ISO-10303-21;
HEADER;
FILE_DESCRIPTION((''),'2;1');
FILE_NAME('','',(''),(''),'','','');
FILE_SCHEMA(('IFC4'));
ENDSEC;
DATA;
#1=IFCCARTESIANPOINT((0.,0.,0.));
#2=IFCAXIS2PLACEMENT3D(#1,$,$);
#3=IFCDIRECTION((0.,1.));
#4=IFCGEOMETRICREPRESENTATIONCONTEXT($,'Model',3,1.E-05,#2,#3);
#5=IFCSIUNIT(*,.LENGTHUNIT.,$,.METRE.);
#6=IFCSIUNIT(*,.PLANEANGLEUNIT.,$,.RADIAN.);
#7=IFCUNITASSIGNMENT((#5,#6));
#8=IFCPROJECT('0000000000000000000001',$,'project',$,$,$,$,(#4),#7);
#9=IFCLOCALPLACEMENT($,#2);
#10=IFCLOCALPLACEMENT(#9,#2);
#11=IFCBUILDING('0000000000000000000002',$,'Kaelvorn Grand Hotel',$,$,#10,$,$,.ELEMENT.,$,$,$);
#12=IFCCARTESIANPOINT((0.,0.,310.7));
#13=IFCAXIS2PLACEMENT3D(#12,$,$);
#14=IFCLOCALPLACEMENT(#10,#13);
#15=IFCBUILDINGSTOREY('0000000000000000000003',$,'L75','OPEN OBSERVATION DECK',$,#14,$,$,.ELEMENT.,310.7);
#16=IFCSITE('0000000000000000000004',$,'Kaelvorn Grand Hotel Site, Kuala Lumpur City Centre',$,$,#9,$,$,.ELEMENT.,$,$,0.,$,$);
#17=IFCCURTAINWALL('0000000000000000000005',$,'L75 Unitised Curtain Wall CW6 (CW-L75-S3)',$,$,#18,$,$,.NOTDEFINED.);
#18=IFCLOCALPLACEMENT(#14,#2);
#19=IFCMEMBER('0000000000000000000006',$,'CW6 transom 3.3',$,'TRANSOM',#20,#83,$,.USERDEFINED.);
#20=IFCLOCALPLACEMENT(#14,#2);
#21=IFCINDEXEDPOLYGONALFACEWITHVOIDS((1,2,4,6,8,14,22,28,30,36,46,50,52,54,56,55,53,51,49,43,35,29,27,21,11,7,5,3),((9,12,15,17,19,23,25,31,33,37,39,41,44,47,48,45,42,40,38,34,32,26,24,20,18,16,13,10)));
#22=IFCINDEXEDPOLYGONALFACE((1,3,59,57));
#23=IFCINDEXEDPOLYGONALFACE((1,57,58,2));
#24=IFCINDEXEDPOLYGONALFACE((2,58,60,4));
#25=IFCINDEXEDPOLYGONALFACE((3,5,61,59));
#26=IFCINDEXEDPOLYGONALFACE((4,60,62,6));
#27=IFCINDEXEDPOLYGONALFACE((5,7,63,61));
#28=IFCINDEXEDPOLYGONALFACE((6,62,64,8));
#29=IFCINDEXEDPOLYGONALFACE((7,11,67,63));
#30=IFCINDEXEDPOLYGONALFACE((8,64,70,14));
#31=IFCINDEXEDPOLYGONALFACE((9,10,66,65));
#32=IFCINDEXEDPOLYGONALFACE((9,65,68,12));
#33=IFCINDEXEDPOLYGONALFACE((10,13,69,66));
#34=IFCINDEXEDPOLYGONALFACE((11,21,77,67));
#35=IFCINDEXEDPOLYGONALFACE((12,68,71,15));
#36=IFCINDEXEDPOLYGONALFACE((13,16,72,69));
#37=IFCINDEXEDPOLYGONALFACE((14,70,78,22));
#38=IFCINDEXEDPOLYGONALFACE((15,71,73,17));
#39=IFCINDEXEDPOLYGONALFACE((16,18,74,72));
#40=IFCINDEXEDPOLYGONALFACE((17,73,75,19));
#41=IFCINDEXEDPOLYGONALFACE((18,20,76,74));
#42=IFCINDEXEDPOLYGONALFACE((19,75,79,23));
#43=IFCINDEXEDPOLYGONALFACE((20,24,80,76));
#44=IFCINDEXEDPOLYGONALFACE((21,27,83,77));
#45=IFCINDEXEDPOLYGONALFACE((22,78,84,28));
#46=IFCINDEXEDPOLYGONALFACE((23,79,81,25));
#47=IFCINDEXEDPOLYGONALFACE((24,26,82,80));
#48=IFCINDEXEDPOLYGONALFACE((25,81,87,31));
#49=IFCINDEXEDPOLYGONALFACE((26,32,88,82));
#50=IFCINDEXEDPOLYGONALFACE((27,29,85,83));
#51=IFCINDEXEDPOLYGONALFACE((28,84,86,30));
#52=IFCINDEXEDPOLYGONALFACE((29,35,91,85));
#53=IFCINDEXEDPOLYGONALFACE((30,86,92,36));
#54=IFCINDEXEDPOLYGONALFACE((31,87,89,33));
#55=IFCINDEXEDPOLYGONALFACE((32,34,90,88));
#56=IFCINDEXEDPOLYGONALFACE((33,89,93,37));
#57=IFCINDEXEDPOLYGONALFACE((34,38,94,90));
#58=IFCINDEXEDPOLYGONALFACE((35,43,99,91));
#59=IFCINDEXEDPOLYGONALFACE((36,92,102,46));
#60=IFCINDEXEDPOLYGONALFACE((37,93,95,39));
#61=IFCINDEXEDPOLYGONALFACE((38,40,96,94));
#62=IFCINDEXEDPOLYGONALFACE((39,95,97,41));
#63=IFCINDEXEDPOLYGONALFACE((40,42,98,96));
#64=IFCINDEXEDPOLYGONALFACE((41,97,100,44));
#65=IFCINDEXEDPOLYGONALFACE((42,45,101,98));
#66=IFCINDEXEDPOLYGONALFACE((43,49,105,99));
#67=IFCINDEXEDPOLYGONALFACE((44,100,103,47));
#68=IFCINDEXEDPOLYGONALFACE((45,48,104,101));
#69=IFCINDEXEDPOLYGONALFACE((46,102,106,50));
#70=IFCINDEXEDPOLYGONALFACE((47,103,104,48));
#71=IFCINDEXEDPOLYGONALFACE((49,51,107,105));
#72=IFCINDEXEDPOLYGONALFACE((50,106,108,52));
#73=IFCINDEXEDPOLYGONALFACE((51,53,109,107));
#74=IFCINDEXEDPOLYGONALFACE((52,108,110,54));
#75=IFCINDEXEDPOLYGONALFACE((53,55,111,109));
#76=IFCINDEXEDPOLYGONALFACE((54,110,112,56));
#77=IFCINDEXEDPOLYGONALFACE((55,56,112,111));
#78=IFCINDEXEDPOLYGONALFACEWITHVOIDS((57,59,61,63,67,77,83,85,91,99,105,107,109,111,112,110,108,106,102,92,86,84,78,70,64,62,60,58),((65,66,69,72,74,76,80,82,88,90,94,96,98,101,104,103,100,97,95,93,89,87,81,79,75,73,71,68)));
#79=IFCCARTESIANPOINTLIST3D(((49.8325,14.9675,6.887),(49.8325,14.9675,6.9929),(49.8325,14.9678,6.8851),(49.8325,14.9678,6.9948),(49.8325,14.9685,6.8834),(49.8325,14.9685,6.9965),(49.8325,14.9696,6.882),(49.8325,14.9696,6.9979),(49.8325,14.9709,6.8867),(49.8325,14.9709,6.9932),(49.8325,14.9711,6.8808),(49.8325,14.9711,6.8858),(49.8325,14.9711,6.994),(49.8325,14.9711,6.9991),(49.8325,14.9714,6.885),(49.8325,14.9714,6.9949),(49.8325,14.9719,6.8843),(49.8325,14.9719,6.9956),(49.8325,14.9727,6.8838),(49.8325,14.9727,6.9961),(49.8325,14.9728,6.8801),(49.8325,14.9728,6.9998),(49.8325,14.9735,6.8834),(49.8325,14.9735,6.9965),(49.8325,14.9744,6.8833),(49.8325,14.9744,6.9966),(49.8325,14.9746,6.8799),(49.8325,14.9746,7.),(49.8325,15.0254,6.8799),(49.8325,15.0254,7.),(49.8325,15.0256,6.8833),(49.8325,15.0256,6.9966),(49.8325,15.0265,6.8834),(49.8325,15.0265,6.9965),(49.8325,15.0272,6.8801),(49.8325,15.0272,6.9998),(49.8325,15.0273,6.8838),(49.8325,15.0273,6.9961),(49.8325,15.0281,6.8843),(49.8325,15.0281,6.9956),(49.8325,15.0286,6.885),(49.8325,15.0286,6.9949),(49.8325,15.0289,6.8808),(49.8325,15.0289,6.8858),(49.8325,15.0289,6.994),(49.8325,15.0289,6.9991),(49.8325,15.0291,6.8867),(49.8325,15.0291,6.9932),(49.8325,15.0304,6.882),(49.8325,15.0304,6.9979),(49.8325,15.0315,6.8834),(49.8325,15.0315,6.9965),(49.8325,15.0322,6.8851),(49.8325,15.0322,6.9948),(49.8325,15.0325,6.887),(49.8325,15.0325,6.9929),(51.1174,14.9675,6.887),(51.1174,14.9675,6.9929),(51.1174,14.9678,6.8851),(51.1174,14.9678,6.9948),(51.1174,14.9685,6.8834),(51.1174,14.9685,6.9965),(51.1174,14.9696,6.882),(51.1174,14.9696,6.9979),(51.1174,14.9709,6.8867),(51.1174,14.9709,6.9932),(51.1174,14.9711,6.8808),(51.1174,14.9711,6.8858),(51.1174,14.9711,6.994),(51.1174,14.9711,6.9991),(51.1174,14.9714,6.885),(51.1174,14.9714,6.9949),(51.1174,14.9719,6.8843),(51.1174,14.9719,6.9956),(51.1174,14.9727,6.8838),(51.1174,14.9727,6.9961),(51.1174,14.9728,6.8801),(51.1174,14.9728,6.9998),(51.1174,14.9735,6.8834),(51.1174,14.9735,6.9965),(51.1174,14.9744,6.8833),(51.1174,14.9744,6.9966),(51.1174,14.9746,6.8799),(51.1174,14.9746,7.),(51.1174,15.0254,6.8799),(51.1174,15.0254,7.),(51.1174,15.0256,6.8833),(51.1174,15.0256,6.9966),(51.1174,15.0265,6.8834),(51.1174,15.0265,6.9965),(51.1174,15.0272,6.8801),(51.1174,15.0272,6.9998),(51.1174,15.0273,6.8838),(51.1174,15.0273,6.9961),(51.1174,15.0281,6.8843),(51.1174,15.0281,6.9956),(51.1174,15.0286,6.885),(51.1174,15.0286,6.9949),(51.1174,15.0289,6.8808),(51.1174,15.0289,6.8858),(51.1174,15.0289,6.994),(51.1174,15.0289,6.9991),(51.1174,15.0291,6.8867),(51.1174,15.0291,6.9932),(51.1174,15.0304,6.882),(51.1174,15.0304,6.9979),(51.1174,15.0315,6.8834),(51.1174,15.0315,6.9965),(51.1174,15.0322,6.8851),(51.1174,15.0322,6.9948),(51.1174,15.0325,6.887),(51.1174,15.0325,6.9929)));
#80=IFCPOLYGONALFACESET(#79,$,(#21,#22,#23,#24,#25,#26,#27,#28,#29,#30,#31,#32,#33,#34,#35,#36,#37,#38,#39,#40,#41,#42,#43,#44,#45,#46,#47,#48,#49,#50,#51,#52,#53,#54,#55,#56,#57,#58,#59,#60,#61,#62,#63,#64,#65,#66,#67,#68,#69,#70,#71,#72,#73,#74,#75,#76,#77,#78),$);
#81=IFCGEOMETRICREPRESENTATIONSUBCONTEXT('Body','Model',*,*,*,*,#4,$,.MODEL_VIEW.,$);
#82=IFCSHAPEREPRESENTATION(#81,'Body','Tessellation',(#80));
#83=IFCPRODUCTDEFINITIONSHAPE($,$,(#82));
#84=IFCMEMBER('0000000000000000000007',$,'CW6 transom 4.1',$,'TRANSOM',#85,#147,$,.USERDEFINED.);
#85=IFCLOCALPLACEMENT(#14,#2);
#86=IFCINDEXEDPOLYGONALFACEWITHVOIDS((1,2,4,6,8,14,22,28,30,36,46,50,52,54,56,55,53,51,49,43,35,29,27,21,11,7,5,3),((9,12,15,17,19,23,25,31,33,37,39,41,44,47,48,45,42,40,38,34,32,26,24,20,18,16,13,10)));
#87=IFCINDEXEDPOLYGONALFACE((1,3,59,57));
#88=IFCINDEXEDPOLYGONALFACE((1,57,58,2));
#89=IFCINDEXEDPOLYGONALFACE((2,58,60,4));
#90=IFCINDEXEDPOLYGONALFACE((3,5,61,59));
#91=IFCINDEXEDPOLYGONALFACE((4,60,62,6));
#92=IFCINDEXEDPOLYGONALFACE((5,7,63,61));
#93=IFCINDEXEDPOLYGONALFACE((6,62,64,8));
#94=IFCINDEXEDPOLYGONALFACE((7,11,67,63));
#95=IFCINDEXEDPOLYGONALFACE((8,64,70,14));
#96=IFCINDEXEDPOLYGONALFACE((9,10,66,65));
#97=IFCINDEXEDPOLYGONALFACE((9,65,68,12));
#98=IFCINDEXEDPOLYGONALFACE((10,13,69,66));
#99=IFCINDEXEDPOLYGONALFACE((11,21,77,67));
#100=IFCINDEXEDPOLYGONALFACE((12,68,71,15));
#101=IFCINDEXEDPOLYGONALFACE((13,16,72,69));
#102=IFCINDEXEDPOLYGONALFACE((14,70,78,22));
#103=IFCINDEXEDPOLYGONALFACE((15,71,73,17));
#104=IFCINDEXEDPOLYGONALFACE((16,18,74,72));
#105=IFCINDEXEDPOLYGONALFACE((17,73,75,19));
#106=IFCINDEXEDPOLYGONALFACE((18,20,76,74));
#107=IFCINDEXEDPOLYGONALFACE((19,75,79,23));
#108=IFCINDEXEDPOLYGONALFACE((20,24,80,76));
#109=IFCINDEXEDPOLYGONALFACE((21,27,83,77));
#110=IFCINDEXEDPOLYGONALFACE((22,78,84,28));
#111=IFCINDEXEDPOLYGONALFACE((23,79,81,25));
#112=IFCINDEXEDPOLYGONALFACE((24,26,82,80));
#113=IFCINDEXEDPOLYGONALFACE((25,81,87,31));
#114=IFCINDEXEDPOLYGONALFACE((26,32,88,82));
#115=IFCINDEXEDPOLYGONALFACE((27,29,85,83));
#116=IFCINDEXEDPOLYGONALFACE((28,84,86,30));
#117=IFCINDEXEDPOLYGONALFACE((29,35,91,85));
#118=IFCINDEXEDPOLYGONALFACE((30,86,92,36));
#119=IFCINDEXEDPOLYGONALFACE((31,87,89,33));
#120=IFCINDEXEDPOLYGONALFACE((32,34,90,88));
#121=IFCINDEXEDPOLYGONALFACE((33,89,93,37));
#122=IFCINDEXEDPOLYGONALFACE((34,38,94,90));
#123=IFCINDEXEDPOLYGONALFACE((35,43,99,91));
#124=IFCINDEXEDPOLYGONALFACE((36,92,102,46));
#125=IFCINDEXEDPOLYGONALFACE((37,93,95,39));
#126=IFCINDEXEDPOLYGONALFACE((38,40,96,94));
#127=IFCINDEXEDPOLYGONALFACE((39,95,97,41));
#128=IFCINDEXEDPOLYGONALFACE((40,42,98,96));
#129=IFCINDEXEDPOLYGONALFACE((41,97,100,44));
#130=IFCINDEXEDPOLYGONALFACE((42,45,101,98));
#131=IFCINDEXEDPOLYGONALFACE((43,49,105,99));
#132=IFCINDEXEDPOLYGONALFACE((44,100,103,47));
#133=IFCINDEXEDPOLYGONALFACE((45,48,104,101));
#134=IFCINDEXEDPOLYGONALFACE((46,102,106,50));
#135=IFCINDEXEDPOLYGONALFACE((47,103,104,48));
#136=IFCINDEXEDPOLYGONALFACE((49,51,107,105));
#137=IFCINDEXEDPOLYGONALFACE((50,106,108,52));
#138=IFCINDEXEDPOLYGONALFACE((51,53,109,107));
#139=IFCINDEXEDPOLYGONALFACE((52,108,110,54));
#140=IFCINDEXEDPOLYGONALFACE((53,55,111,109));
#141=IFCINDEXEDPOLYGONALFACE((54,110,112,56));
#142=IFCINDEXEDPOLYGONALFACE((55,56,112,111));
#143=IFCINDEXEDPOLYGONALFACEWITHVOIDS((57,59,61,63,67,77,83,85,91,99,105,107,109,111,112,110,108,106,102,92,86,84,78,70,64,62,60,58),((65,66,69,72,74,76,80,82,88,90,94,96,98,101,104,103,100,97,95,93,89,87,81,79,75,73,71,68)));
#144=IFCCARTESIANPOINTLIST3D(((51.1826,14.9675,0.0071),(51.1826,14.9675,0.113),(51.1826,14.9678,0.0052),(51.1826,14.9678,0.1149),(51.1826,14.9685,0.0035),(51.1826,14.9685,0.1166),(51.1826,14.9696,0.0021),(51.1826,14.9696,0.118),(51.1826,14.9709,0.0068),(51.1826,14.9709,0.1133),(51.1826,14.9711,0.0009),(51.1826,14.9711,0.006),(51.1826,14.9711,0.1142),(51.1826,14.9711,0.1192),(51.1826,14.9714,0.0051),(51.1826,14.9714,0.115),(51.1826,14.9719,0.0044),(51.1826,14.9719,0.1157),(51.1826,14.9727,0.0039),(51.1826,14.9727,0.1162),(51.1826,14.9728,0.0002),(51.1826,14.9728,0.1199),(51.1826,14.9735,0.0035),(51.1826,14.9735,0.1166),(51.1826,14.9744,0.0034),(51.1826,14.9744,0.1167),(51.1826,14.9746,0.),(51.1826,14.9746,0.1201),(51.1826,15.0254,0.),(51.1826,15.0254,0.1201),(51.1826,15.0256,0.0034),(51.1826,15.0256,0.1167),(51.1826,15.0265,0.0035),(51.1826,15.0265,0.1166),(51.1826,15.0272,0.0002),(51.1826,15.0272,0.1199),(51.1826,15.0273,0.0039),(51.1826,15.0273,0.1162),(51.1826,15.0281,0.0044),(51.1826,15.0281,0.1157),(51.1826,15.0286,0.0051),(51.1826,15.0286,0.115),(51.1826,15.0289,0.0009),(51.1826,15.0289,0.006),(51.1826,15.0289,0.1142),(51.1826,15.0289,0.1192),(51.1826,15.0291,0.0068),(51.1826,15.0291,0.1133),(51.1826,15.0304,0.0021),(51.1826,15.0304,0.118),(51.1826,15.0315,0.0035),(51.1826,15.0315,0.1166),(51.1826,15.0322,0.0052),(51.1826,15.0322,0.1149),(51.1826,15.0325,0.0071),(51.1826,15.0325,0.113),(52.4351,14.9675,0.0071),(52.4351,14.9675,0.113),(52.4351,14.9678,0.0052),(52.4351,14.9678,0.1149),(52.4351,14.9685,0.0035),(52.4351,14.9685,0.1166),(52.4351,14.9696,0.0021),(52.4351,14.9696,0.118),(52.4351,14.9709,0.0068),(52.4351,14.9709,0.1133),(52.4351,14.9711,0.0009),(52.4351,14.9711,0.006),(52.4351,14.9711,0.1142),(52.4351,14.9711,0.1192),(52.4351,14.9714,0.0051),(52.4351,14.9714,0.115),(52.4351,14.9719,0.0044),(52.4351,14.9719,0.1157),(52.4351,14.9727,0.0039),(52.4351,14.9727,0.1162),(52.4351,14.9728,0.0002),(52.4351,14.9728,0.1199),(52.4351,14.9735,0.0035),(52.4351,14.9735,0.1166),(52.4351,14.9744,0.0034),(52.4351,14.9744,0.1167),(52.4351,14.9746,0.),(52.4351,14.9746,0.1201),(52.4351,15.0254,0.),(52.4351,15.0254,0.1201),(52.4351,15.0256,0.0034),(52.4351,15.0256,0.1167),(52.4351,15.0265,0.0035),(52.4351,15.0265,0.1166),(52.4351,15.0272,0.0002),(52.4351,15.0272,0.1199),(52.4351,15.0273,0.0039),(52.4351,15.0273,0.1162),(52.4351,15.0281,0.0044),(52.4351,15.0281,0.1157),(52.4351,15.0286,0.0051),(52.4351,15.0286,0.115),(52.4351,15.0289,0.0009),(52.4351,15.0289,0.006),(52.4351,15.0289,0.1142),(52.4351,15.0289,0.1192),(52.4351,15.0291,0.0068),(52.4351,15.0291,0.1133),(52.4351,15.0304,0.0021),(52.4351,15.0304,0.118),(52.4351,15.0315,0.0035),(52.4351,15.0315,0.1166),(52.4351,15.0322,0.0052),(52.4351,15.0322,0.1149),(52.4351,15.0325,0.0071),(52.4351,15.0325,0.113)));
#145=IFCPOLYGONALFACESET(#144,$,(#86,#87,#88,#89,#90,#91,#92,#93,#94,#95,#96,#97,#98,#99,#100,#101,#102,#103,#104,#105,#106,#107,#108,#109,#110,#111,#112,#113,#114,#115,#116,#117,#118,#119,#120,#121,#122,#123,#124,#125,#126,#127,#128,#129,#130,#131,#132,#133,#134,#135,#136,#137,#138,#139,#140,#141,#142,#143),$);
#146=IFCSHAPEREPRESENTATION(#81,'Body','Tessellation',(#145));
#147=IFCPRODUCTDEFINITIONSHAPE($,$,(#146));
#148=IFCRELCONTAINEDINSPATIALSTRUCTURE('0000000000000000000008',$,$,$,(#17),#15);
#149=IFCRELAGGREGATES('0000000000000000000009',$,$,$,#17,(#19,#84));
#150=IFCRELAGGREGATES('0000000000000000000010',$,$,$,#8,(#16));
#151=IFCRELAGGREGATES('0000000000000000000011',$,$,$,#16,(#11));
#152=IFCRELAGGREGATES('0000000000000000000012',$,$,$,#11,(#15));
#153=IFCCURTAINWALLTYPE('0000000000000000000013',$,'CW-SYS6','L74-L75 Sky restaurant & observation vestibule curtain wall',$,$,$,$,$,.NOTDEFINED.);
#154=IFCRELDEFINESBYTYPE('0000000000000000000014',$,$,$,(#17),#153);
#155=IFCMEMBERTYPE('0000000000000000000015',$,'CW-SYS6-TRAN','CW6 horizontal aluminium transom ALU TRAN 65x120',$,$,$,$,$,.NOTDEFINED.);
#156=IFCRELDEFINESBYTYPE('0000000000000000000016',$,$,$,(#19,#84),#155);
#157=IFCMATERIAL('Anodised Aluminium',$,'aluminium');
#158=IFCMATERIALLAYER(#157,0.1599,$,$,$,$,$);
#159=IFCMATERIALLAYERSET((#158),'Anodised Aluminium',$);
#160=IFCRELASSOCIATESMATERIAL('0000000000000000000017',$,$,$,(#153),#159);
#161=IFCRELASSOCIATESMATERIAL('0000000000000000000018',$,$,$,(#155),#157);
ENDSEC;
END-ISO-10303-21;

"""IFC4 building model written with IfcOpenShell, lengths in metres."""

from ifc_helpers import new_model, si_unit, direction, frame, origin, origin_2d, place, context, subcontext, project, spatial, hollow_rectangle, extrude, material, layer, layer_set, material_profile, profile_set, type_object, element, aggregate, save


model = new_model("IFC4")

# Units and contexts
model_context = context("Model", 3, precision=1e-05, world=origin(), true_north=direction((0.0, 1.0)))
body_context = subcontext(model_context, "Body", "Model", "MODEL_VIEW")
ifc_project = project(units=[si_unit("LENGTHUNIT", "METRE"), si_unit("PLANEANGLEUNIT", "RADIAN")], contexts=[model_context])

# Site, building, storey
site_placement = place(None, origin())
site = spatial("IfcSite", under=ifc_project, at=site_placement, Name="Kaelvorn Grand Hotel Site, Kuala Lumpur City Centre", CompositionType="ELEMENT", RefElevation=0.0)
building_placement = place(site_placement, origin())
building = spatial("IfcBuilding", under=site, at=building_placement, Name="Kaelvorn Grand Hotel", CompositionType="ELEMENT")
storey_placement = place(building_placement, frame((0.0, 0.0, 310.7)))
storey = spatial("IfcBuildingStorey", under=building, at=storey_placement, Name="L75", Description="OPEN OBSERVATION DECK", CompositionType="ELEMENT", Elevation=310.7)

# Curtain wall
ifc_material_1 = material(Name="Anodised Aluminium", Category="aluminium")
ifc_layer_1 = layer(ifc_material_1, 0.1599)
ifc_layer_set_1 = layer_set([ifc_layer_1], Name="Anodised Aluminium")
curtain_wall_type = type_object("IfcCurtainWallType", Name="CW-SYS6", Description="L74-L75 Sky restaurant & observation vestibule curtain wall", PredefinedType="NOTDEFINED", material=ifc_layer_set_1)
curtain_wall_1_placement = place(storey_placement, origin())
curtain_wall_1 = element("IfcCurtainWall", 1, at=curtain_wall_1_placement, inside=storey, type_object=curtain_wall_type, Name="L75 Unitised Curtain Wall CW6 (CW-L75-S3)", PredefinedType="NOTDEFINED")

# Members
ifc_material_profile_1 = material_profile(ifc_material_1, hollow_rectangle(XDim=0.0649, YDim=0.1201, WallThickness=0.0034, InnerFilletRadius=0.0034, OuterFilletRadius=0.0071, at=origin_2d()), Name="ALU TRAN 65x120")
ifc_profile_set_1 = profile_set([ifc_material_profile_1], Name="Anodised Aluminium")
member_type_1 = type_object("IfcMemberType", Name="CW-SYS6-TRAN", Description="CW6 horizontal aluminium transom ALU TRAN 65x120", PredefinedType="NOTDEFINED", material=ifc_profile_set_1)
member_1_placement = place(storey_placement, frame((49.8325, 15.0, 6.9399), z_axis=(1.0, 0.0, 0.0), x_axis=(0.0, 1.0, 0.0)))
member_1 = element("IfcMember", 2, at=member_1_placement, type_object=member_type_1, Name="CW6 transom 3.3", ObjectType="TRANSOM", PredefinedType="USERDEFINED", context=body_context, shape_type="SweptSolid", body=[
    extrude(hollow_rectangle(XDim=0.0649, YDim=0.1201, WallThickness=0.0034, InnerFilletRadius=0.0034, OuterFilletRadius=0.0071, at=origin_2d()), origin(), (0.0, 0.0, 1.0), 1.2849),
])
member_2_placement = place(storey_placement, frame((51.1826, 15.0, 0.0601), z_axis=(1.0, 0.0, 0.0), x_axis=(0.0, 1.0, 0.0)))
member_2 = element("IfcMember", 3, at=member_2_placement, type_object=member_type_1, Name="CW6 transom 4.1", ObjectType="TRANSOM", PredefinedType="USERDEFINED", context=body_context, shape_type="SweptSolid", body=[
    extrude(hollow_rectangle(XDim=0.0649, YDim=0.1201, WallThickness=0.0034, InnerFilletRadius=0.0034, OuterFilletRadius=0.0071, at=origin_2d()), origin(), (0.0, 0.0, 1.0), 1.2524),
])

aggregate(curtain_wall_1, [member_1, member_2])

save(model, "model.ifc")
